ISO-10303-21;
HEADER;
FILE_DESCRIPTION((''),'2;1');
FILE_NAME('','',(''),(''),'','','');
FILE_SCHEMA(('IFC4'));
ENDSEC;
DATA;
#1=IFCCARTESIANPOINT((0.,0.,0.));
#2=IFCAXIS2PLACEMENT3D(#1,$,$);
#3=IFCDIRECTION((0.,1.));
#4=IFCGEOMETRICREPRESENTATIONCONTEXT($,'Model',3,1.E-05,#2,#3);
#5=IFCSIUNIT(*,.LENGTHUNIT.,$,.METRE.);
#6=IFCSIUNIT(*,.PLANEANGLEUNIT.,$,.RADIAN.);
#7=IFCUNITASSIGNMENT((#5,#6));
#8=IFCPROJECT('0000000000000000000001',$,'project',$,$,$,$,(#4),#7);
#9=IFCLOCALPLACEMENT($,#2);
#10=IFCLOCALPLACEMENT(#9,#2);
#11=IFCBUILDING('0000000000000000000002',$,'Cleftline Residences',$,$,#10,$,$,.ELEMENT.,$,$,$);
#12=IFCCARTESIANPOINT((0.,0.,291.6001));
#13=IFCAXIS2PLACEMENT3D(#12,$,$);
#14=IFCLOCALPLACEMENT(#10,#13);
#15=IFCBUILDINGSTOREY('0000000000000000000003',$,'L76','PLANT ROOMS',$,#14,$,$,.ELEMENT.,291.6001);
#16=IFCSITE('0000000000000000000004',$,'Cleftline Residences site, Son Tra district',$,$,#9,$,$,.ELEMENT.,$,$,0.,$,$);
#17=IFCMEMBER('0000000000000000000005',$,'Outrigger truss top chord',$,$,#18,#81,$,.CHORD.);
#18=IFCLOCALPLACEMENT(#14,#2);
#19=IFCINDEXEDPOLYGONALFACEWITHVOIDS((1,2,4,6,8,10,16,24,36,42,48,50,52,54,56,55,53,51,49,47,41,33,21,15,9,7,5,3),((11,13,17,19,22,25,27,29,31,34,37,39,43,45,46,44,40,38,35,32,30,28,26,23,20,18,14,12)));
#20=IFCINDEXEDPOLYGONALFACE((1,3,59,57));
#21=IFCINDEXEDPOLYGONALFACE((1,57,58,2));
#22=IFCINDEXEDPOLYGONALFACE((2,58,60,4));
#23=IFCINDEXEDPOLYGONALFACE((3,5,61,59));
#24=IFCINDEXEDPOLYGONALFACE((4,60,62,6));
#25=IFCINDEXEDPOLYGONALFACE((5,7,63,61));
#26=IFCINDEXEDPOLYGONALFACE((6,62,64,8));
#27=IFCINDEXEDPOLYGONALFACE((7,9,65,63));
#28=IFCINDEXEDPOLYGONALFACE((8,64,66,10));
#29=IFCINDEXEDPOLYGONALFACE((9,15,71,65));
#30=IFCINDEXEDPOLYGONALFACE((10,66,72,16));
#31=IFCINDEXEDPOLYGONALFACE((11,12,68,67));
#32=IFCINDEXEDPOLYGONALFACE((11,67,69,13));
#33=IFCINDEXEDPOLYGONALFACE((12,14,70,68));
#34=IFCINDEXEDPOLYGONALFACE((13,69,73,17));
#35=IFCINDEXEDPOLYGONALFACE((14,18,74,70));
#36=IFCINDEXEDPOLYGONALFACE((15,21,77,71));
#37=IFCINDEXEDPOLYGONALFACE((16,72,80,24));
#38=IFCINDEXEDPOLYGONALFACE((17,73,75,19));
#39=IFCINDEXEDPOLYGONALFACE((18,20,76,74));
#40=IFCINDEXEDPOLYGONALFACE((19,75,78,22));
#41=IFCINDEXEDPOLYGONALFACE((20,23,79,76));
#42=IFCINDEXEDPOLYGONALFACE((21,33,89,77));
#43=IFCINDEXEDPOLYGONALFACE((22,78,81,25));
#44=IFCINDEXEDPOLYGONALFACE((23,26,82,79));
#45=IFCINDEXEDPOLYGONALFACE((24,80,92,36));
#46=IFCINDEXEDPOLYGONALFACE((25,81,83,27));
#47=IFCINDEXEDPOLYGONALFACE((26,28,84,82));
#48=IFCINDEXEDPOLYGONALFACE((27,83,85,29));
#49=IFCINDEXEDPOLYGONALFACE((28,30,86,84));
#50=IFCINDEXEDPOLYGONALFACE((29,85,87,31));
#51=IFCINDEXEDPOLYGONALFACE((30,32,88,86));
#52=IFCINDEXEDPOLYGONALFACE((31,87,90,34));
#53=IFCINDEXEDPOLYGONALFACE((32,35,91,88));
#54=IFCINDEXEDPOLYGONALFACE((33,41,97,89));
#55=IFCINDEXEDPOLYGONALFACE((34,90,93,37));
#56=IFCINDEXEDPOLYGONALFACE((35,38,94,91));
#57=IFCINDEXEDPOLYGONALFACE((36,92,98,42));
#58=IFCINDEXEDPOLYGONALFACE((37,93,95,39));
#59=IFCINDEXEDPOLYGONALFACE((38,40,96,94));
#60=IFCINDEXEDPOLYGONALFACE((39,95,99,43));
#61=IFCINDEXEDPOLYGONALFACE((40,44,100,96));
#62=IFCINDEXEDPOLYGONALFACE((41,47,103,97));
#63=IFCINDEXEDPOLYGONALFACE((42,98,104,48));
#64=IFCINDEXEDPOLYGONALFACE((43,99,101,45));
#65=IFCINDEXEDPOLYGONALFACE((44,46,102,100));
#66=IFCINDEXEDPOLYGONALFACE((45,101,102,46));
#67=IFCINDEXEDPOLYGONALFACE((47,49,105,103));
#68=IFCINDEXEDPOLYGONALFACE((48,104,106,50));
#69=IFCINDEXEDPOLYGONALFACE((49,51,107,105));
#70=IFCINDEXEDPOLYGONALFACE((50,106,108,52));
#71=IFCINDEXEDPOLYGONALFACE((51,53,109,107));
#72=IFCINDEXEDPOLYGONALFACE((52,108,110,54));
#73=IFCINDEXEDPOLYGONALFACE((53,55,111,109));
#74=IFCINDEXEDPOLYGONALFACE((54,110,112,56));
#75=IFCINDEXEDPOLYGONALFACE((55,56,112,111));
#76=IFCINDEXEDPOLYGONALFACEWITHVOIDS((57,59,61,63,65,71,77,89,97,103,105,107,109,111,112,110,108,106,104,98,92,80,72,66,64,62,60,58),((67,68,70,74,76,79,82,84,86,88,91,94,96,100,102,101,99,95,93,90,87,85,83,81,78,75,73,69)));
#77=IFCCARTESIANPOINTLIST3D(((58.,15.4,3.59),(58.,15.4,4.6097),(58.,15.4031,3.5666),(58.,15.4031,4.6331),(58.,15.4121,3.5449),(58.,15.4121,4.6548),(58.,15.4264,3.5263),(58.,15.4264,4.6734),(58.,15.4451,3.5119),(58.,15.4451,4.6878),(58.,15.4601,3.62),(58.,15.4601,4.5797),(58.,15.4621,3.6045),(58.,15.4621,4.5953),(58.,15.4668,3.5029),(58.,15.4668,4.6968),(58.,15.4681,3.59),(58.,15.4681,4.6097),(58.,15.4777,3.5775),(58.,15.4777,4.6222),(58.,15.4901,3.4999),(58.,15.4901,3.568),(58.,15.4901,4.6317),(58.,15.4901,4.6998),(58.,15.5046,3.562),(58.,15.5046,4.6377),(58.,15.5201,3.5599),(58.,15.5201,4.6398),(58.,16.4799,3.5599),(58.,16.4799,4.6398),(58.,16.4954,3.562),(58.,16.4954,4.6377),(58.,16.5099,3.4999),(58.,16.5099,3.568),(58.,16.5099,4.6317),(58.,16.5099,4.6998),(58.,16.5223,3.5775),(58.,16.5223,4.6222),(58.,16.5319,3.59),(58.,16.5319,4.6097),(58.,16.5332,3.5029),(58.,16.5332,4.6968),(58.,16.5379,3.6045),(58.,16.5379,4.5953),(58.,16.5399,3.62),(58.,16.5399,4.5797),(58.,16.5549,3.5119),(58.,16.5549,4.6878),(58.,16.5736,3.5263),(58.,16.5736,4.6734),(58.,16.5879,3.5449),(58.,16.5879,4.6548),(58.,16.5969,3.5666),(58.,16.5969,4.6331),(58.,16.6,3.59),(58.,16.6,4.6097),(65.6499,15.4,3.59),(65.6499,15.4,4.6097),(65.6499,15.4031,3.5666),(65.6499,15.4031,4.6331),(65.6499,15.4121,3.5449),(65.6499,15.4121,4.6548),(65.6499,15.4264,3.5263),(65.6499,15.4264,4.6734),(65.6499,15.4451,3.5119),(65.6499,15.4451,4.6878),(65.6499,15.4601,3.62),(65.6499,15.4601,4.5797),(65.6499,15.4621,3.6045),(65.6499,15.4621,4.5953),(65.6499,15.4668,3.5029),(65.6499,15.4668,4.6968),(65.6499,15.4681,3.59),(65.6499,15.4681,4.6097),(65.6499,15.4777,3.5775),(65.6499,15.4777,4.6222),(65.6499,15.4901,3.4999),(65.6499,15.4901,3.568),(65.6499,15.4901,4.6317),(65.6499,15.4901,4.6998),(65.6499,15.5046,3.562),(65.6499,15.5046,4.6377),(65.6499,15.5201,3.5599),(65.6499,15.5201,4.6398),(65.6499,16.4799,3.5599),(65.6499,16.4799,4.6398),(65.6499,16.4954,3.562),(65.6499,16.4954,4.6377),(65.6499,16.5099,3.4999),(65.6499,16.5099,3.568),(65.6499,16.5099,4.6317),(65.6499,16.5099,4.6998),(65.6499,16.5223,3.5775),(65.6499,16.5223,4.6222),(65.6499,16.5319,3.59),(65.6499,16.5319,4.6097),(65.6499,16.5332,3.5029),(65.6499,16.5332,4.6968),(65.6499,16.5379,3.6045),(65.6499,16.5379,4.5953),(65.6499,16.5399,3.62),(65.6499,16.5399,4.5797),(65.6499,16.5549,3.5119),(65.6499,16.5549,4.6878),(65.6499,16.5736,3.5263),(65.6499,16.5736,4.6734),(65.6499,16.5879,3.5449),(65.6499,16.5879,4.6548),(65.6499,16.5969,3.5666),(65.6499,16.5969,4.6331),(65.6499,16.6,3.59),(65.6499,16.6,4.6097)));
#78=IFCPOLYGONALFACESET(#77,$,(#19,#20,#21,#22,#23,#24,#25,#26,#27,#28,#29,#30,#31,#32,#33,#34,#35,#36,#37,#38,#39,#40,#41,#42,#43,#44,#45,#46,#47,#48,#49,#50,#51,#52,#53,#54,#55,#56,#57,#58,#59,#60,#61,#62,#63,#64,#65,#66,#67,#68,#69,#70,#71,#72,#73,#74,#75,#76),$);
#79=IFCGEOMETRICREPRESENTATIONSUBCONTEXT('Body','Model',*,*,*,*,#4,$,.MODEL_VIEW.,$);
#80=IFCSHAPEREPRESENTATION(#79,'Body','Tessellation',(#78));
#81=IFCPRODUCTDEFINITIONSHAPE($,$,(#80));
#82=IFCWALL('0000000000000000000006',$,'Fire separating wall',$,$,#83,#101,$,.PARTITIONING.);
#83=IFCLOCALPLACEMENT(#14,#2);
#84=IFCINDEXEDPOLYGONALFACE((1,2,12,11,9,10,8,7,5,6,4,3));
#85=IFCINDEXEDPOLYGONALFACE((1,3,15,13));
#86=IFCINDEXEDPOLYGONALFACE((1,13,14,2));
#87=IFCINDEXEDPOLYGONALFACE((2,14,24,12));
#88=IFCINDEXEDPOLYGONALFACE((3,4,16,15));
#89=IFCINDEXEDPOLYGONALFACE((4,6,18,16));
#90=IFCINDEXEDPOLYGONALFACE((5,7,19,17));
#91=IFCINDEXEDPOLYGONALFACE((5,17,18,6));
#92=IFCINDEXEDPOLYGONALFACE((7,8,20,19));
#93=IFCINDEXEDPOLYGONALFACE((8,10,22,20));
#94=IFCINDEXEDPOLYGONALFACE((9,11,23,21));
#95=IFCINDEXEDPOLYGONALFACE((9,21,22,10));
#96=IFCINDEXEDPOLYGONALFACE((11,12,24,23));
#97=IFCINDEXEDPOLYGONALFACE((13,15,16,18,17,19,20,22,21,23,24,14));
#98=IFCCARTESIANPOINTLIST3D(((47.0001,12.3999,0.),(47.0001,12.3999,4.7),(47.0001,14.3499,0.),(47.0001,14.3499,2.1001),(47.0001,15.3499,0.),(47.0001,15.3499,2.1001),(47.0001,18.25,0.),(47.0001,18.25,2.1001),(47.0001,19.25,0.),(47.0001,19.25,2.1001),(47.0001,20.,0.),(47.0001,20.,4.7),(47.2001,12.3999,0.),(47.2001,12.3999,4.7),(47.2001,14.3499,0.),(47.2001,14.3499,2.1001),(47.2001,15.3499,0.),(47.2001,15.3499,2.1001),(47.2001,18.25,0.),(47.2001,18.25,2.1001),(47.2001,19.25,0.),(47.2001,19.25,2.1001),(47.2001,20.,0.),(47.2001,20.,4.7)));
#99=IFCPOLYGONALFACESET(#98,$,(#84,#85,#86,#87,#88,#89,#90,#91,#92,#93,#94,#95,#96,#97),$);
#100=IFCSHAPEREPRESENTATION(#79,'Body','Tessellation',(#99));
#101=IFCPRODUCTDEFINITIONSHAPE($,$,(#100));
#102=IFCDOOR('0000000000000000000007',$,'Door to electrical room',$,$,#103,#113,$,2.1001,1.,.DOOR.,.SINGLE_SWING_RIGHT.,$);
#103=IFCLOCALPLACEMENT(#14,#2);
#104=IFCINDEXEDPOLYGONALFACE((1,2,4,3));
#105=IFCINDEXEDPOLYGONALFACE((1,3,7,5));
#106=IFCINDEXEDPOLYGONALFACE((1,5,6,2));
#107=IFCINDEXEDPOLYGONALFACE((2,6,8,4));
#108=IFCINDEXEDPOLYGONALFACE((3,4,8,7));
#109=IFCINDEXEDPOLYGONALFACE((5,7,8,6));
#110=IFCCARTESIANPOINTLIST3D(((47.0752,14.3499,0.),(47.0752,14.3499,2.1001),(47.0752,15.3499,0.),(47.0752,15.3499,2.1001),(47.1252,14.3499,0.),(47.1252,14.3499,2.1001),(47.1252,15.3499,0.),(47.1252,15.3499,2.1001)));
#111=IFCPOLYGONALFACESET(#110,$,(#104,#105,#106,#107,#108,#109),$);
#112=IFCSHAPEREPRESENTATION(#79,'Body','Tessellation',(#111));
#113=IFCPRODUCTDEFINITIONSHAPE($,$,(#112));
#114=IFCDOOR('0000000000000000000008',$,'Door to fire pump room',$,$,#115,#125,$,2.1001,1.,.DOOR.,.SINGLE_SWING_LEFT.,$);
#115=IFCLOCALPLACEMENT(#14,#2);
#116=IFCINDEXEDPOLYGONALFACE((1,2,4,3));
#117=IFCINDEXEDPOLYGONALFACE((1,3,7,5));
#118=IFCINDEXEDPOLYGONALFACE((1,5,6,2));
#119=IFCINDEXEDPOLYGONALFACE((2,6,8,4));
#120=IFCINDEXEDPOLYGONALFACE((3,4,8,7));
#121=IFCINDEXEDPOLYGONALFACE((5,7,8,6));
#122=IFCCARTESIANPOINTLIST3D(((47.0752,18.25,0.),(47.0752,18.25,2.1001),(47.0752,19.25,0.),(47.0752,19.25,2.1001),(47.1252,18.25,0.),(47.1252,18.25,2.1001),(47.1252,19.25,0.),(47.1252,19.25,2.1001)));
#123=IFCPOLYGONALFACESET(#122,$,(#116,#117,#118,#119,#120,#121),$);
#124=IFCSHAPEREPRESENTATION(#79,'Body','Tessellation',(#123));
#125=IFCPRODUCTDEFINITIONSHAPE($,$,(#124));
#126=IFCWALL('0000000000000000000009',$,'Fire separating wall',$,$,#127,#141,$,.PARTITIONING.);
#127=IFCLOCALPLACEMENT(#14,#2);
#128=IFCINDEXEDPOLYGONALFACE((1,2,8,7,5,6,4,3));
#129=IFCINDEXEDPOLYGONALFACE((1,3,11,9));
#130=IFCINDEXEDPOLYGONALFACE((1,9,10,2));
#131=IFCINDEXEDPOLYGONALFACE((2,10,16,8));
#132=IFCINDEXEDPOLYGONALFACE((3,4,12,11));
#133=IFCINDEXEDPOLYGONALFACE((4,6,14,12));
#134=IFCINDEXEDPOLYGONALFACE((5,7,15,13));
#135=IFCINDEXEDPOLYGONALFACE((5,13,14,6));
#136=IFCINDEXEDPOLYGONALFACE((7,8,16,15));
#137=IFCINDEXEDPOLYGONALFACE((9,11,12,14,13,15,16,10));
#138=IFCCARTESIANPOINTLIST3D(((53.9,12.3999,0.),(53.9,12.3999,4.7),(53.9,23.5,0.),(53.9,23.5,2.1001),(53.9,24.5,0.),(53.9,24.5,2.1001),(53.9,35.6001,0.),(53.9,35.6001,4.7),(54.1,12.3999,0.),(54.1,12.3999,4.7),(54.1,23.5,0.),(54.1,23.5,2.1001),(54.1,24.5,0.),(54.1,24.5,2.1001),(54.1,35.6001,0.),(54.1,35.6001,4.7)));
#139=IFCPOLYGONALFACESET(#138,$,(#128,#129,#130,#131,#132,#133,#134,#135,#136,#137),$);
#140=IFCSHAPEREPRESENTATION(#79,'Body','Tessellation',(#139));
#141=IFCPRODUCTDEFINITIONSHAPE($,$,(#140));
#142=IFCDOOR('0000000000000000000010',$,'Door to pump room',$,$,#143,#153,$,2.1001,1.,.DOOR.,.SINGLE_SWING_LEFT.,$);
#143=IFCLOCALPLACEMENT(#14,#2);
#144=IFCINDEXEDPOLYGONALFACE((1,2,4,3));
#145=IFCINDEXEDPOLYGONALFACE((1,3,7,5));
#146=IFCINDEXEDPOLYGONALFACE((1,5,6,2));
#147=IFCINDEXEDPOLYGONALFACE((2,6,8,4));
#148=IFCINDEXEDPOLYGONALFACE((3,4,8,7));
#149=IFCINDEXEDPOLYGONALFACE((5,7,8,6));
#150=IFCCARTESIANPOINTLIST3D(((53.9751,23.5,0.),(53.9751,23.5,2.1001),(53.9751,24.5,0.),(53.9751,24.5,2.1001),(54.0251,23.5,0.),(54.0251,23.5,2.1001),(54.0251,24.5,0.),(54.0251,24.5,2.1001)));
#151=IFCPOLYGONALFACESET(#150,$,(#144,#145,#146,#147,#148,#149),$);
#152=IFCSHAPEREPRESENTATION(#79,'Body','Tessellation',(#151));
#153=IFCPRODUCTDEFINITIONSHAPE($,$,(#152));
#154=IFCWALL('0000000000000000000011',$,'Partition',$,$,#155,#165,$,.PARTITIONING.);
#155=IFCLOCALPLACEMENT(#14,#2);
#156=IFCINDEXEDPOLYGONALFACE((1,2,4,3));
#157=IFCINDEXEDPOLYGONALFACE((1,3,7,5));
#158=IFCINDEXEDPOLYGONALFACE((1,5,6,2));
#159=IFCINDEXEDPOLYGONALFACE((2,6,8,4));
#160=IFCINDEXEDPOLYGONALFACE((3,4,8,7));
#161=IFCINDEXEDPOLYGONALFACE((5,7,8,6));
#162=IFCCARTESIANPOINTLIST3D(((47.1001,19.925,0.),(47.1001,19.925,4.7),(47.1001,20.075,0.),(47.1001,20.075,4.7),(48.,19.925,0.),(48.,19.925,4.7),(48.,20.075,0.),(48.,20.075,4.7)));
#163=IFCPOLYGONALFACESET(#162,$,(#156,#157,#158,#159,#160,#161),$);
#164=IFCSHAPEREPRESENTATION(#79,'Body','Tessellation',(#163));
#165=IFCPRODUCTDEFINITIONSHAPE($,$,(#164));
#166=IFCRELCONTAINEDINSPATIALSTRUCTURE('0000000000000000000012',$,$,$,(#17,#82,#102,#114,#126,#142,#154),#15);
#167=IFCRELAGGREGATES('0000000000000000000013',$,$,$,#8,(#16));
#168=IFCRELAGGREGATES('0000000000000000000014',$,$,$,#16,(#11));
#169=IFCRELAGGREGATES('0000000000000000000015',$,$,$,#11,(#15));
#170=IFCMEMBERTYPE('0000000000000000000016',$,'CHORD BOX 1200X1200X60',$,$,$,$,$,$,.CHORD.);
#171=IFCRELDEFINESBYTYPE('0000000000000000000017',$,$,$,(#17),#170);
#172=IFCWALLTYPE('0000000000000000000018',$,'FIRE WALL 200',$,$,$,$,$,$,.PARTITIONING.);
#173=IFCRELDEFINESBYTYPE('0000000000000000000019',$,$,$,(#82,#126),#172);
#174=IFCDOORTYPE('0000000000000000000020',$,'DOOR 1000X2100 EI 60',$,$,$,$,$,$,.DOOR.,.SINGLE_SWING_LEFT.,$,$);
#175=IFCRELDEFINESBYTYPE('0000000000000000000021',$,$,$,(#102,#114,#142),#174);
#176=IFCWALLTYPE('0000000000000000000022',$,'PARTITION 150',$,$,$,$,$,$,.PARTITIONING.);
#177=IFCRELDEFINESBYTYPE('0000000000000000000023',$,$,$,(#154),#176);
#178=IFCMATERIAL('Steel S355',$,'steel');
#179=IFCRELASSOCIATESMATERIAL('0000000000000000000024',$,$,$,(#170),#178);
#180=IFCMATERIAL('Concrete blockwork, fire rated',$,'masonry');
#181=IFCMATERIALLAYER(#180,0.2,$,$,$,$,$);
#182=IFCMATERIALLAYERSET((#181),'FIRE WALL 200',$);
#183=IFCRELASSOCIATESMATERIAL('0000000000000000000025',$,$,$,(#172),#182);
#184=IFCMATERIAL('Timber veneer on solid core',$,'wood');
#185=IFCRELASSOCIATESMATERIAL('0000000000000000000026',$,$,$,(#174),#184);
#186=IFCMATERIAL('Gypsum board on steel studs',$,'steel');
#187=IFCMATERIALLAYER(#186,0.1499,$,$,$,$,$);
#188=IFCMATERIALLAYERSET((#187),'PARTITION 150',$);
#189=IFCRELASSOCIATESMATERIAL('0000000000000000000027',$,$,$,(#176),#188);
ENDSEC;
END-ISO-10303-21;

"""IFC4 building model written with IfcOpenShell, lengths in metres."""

from ifc_helpers import new_model, si_unit, direction, frame, frame_2d, origin, origin_2d, place, context, subcontext, project, spatial, rectangle, hollow_rectangle, extrude, material, layer, layer_set, material_profile, profile_set, type_object, element, fill, save


model = new_model("IFC4")

# Units and contexts
model_context = context("Model", 3, precision=1e-05, world=origin(), true_north=direction((0.0, 1.0)))
body_context = subcontext(model_context, "Body", "Model", "MODEL_VIEW")
ifc_project = project(units=[si_unit("LENGTHUNIT", "METRE"), si_unit("PLANEANGLEUNIT", "RADIAN")], contexts=[model_context])

# Site, building, storey
site_placement = place(None, origin())
site = spatial("IfcSite", under=ifc_project, at=site_placement, Name="Cleftline Residences site, Son Tra district", CompositionType="ELEMENT", RefElevation=0.0)
building_placement = place(site_placement, origin())
building = spatial("IfcBuilding", under=site, at=building_placement, Name="Cleftline Residences", CompositionType="ELEMENT")
storey_placement = place(building_placement, frame((0.0, 0.0, 291.6001)))
storey = spatial("IfcBuildingStorey", under=building, at=storey_placement, Name="L76", Description="PLANT ROOMS", CompositionType="ELEMENT", Elevation=291.6001)

# Member
ifc_material_1 = material(Name="Steel S355", Category="steel")
ifc_material_profile_1 = material_profile(ifc_material_1, hollow_rectangle(XDim=1.2, YDim=1.2, WallThickness=0.0601, InnerFilletRadius=0.0601, OuterFilletRadius=0.0901, at=origin_2d()))
ifc_profile_set_1 = profile_set([ifc_material_profile_1], Name="Steel S355")
member_type_1 = type_object("IfcMemberType", Name="CHORD BOX 1200X1200X60", PredefinedType="CHORD", material=ifc_profile_set_1)
for number, where, z_axis, x_axis, name in (
    (1, (58.0, 16.0, 4.0999), (1.0, 0.0, 0.0), (0.0, 1.0, 0.0), "Outrigger truss top chord"),
):
    element("IfcMember", number, at=place(storey_placement, frame(where, z_axis=z_axis, x_axis=x_axis)), inside=storey, type_object=member_type_1, Name=name, PredefinedType="CHORD", context=body_context, shape_type="SweptSolid", body=[
        extrude(hollow_rectangle(XDim=1.2, YDim=1.2, WallThickness=0.0601, InnerFilletRadius=0.0601, OuterFilletRadius=0.0901, at=origin_2d()), origin(), (0.0, 0.0, 1.0), 7.6499),
    ])

# Wall, openings, doors
ifc_material_2 = material(Name="Concrete blockwork, fire rated", Category="masonry")
ifc_layer_1 = layer(ifc_material_2, 0.2)
ifc_layer_set_1 = layer_set([ifc_layer_1], Name="FIRE WALL 200")
wall_type_1 = type_object("IfcWallType", Name="FIRE WALL 200", PredefinedType="PARTITIONING", material=ifc_layer_set_1)
wall_1_placement = place(storey_placement, frame((47.1001, 12.3999, 0.0), z_axis=(0.0, 0.0, 1.0), x_axis=(0.0, 1.0, 0.0)))
wall_1 = element("IfcWall", 2, at=wall_1_placement, inside=storey, type_object=wall_type_1, Name="Fire separating wall", PredefinedType="PARTITIONING", context=body_context, shape_type="SweptSolid", body=[
    extrude(rectangle(XDim=7.6001, YDim=0.2, at=frame_2d((3.8, 0.0))), origin(), (0.0, 0.0, 1.0), 4.7),
])
opening_1_placement = place(wall_1_placement, frame((1.95, 0.0, 0.0)))
opening_1 = element("IfcOpeningElement", 3, at=opening_1_placement, cuts=wall_1, PredefinedType="OPENING", context=body_context, shape_type="SweptSolid", body=[
    extrude(rectangle(XDim=1.0, YDim=2.1001, at=frame_2d((0.5, 1.05))), frame((0.0, 0.1099, 0.0), z_axis=(0.0, -1.0, 0.0), x_axis=(1.0, 0.0, 0.0)), (0.0, 0.0, 1.0), 0.22),
])
opening_2_placement = place(wall_1_placement, frame((5.8501, 0.0, 0.0)))
opening_2 = element("IfcOpeningElement", 4, at=opening_2_placement, cuts=wall_1, PredefinedType="OPENING", context=body_context, shape_type="SweptSolid", body=[
    extrude(rectangle(XDim=1.0, YDim=2.1001, at=frame_2d((0.5, 1.05))), frame((0.0, 0.1099, 0.0), z_axis=(0.0, -1.0, 0.0), x_axis=(1.0, 0.0, 0.0)), (0.0, 0.0, 1.0), 0.22),
])
ifc_material_3 = material(Name="Timber veneer on solid core", Category="wood")
door_type_1 = type_object("IfcDoorType", Name="DOOR 1000X2100 EI 60", OperationType="SINGLE_SWING_LEFT", PredefinedType="DOOR", material=ifc_material_3)
door_1_placement = place(opening_1_placement, origin())
door_1 = element("IfcDoor", 5, at=door_1_placement, inside=storey, type_object=door_type_1, Name="Door to electrical room", OperationType="SINGLE_SWING_RIGHT", OverallHeight=2.1001, OverallWidth=1.0, PredefinedType="DOOR", context=body_context, shape_type="SweptSolid", body=[
    extrude(rectangle(XDim=1.0, YDim=2.1001, at=frame_2d((0.5, 1.05))), frame((0.0, 0.0249, 0.0), z_axis=(0.0, -1.0, 0.0), x_axis=(1.0, 0.0, 0.0)), (0.0, 0.0, 1.0), 0.05),
])
fill(opening_1, door_1)
door_2_placement = place(opening_2_placement, origin())
door_2 = element("IfcDoor", 6, at=door_2_placement, inside=storey, type_object=door_type_1, Name="Door to fire pump room", OperationType="SINGLE_SWING_LEFT", OverallHeight=2.1001, OverallWidth=1.0, PredefinedType="DOOR", context=body_context, shape_type="SweptSolid", body=[
    extrude(rectangle(XDim=1.0, YDim=2.1001, at=frame_2d((0.5, 1.05))), frame((0.0, 0.0249, 0.0), z_axis=(0.0, -1.0, 0.0), x_axis=(1.0, 0.0, 0.0)), (0.0, 0.0, 1.0), 0.05),
])
fill(opening_2, door_2)

# Wall, opening, door
wall_2_placement = place(storey_placement, frame((54.0, 12.3999, 0.0), z_axis=(0.0, 0.0, 1.0), x_axis=(0.0, 1.0, 0.0)))
wall_2 = element("IfcWall", 7, at=wall_2_placement, inside=storey, type_object=wall_type_1, Name="Fire separating wall", PredefinedType="PARTITIONING", context=body_context, shape_type="SweptSolid", body=[
    extrude(rectangle(XDim=23.2002, YDim=0.2, at=frame_2d((11.6001, 0.0))), origin(), (0.0, 0.0, 1.0), 4.7),
])
opening_3_placement = place(wall_2_placement, frame((11.1001, 0.0, 0.0)))
opening_3 = element("IfcOpeningElement", 8, at=opening_3_placement, cuts=wall_2, PredefinedType="OPENING", context=body_context, shape_type="SweptSolid", body=[
    extrude(rectangle(XDim=1.0, YDim=2.1001, at=frame_2d((0.5, 1.05))), frame((0.0, 0.1099, 0.0), z_axis=(0.0, -1.0, 0.0), x_axis=(1.0, 0.0, 0.0)), (0.0, 0.0, 1.0), 0.22),
])
door_3_placement = place(opening_3_placement, origin())
door_3 = element("IfcDoor", 9, at=door_3_placement, inside=storey, type_object=door_type_1, Name="Door to pump room", OperationType="SINGLE_SWING_LEFT", OverallHeight=2.1001, OverallWidth=1.0, PredefinedType="DOOR", context=body_context, shape_type="SweptSolid", body=[
    extrude(rectangle(XDim=1.0, YDim=2.1001, at=frame_2d((0.5, 1.05))), frame((0.0, 0.0249, 0.0), z_axis=(0.0, -1.0, 0.0), x_axis=(1.0, 0.0, 0.0)), (0.0, 0.0, 1.0), 0.05),
])
fill(opening_3, door_3)

# Wall
ifc_material_4 = material(Name="Gypsum board on steel studs", Category="steel")
ifc_layer_2 = layer(ifc_material_4, 0.1499)
ifc_layer_set_2 = layer_set([ifc_layer_2], Name="PARTITION 150")
wall_type_2 = type_object("IfcWallType", Name="PARTITION 150", PredefinedType="PARTITIONING", material=ifc_layer_set_2)
wall_3_placement = place(storey_placement, frame((47.1001, 20.0, 0.0), z_axis=(0.0, 0.0, 1.0), x_axis=(1.0, 0.0, 0.0)))
element("IfcWall", 10, at=wall_3_placement, inside=storey, type_object=wall_type_2, Name="Partition", PredefinedType="PARTITIONING", context=body_context, shape_type="SweptSolid", body=[
    extrude(rectangle(XDim=0.8999, YDim=0.1499, at=frame_2d((0.45, 0.0))), origin(), (0.0, 0.0, 1.0), 4.7),
])

save(model, "model.ifc")
